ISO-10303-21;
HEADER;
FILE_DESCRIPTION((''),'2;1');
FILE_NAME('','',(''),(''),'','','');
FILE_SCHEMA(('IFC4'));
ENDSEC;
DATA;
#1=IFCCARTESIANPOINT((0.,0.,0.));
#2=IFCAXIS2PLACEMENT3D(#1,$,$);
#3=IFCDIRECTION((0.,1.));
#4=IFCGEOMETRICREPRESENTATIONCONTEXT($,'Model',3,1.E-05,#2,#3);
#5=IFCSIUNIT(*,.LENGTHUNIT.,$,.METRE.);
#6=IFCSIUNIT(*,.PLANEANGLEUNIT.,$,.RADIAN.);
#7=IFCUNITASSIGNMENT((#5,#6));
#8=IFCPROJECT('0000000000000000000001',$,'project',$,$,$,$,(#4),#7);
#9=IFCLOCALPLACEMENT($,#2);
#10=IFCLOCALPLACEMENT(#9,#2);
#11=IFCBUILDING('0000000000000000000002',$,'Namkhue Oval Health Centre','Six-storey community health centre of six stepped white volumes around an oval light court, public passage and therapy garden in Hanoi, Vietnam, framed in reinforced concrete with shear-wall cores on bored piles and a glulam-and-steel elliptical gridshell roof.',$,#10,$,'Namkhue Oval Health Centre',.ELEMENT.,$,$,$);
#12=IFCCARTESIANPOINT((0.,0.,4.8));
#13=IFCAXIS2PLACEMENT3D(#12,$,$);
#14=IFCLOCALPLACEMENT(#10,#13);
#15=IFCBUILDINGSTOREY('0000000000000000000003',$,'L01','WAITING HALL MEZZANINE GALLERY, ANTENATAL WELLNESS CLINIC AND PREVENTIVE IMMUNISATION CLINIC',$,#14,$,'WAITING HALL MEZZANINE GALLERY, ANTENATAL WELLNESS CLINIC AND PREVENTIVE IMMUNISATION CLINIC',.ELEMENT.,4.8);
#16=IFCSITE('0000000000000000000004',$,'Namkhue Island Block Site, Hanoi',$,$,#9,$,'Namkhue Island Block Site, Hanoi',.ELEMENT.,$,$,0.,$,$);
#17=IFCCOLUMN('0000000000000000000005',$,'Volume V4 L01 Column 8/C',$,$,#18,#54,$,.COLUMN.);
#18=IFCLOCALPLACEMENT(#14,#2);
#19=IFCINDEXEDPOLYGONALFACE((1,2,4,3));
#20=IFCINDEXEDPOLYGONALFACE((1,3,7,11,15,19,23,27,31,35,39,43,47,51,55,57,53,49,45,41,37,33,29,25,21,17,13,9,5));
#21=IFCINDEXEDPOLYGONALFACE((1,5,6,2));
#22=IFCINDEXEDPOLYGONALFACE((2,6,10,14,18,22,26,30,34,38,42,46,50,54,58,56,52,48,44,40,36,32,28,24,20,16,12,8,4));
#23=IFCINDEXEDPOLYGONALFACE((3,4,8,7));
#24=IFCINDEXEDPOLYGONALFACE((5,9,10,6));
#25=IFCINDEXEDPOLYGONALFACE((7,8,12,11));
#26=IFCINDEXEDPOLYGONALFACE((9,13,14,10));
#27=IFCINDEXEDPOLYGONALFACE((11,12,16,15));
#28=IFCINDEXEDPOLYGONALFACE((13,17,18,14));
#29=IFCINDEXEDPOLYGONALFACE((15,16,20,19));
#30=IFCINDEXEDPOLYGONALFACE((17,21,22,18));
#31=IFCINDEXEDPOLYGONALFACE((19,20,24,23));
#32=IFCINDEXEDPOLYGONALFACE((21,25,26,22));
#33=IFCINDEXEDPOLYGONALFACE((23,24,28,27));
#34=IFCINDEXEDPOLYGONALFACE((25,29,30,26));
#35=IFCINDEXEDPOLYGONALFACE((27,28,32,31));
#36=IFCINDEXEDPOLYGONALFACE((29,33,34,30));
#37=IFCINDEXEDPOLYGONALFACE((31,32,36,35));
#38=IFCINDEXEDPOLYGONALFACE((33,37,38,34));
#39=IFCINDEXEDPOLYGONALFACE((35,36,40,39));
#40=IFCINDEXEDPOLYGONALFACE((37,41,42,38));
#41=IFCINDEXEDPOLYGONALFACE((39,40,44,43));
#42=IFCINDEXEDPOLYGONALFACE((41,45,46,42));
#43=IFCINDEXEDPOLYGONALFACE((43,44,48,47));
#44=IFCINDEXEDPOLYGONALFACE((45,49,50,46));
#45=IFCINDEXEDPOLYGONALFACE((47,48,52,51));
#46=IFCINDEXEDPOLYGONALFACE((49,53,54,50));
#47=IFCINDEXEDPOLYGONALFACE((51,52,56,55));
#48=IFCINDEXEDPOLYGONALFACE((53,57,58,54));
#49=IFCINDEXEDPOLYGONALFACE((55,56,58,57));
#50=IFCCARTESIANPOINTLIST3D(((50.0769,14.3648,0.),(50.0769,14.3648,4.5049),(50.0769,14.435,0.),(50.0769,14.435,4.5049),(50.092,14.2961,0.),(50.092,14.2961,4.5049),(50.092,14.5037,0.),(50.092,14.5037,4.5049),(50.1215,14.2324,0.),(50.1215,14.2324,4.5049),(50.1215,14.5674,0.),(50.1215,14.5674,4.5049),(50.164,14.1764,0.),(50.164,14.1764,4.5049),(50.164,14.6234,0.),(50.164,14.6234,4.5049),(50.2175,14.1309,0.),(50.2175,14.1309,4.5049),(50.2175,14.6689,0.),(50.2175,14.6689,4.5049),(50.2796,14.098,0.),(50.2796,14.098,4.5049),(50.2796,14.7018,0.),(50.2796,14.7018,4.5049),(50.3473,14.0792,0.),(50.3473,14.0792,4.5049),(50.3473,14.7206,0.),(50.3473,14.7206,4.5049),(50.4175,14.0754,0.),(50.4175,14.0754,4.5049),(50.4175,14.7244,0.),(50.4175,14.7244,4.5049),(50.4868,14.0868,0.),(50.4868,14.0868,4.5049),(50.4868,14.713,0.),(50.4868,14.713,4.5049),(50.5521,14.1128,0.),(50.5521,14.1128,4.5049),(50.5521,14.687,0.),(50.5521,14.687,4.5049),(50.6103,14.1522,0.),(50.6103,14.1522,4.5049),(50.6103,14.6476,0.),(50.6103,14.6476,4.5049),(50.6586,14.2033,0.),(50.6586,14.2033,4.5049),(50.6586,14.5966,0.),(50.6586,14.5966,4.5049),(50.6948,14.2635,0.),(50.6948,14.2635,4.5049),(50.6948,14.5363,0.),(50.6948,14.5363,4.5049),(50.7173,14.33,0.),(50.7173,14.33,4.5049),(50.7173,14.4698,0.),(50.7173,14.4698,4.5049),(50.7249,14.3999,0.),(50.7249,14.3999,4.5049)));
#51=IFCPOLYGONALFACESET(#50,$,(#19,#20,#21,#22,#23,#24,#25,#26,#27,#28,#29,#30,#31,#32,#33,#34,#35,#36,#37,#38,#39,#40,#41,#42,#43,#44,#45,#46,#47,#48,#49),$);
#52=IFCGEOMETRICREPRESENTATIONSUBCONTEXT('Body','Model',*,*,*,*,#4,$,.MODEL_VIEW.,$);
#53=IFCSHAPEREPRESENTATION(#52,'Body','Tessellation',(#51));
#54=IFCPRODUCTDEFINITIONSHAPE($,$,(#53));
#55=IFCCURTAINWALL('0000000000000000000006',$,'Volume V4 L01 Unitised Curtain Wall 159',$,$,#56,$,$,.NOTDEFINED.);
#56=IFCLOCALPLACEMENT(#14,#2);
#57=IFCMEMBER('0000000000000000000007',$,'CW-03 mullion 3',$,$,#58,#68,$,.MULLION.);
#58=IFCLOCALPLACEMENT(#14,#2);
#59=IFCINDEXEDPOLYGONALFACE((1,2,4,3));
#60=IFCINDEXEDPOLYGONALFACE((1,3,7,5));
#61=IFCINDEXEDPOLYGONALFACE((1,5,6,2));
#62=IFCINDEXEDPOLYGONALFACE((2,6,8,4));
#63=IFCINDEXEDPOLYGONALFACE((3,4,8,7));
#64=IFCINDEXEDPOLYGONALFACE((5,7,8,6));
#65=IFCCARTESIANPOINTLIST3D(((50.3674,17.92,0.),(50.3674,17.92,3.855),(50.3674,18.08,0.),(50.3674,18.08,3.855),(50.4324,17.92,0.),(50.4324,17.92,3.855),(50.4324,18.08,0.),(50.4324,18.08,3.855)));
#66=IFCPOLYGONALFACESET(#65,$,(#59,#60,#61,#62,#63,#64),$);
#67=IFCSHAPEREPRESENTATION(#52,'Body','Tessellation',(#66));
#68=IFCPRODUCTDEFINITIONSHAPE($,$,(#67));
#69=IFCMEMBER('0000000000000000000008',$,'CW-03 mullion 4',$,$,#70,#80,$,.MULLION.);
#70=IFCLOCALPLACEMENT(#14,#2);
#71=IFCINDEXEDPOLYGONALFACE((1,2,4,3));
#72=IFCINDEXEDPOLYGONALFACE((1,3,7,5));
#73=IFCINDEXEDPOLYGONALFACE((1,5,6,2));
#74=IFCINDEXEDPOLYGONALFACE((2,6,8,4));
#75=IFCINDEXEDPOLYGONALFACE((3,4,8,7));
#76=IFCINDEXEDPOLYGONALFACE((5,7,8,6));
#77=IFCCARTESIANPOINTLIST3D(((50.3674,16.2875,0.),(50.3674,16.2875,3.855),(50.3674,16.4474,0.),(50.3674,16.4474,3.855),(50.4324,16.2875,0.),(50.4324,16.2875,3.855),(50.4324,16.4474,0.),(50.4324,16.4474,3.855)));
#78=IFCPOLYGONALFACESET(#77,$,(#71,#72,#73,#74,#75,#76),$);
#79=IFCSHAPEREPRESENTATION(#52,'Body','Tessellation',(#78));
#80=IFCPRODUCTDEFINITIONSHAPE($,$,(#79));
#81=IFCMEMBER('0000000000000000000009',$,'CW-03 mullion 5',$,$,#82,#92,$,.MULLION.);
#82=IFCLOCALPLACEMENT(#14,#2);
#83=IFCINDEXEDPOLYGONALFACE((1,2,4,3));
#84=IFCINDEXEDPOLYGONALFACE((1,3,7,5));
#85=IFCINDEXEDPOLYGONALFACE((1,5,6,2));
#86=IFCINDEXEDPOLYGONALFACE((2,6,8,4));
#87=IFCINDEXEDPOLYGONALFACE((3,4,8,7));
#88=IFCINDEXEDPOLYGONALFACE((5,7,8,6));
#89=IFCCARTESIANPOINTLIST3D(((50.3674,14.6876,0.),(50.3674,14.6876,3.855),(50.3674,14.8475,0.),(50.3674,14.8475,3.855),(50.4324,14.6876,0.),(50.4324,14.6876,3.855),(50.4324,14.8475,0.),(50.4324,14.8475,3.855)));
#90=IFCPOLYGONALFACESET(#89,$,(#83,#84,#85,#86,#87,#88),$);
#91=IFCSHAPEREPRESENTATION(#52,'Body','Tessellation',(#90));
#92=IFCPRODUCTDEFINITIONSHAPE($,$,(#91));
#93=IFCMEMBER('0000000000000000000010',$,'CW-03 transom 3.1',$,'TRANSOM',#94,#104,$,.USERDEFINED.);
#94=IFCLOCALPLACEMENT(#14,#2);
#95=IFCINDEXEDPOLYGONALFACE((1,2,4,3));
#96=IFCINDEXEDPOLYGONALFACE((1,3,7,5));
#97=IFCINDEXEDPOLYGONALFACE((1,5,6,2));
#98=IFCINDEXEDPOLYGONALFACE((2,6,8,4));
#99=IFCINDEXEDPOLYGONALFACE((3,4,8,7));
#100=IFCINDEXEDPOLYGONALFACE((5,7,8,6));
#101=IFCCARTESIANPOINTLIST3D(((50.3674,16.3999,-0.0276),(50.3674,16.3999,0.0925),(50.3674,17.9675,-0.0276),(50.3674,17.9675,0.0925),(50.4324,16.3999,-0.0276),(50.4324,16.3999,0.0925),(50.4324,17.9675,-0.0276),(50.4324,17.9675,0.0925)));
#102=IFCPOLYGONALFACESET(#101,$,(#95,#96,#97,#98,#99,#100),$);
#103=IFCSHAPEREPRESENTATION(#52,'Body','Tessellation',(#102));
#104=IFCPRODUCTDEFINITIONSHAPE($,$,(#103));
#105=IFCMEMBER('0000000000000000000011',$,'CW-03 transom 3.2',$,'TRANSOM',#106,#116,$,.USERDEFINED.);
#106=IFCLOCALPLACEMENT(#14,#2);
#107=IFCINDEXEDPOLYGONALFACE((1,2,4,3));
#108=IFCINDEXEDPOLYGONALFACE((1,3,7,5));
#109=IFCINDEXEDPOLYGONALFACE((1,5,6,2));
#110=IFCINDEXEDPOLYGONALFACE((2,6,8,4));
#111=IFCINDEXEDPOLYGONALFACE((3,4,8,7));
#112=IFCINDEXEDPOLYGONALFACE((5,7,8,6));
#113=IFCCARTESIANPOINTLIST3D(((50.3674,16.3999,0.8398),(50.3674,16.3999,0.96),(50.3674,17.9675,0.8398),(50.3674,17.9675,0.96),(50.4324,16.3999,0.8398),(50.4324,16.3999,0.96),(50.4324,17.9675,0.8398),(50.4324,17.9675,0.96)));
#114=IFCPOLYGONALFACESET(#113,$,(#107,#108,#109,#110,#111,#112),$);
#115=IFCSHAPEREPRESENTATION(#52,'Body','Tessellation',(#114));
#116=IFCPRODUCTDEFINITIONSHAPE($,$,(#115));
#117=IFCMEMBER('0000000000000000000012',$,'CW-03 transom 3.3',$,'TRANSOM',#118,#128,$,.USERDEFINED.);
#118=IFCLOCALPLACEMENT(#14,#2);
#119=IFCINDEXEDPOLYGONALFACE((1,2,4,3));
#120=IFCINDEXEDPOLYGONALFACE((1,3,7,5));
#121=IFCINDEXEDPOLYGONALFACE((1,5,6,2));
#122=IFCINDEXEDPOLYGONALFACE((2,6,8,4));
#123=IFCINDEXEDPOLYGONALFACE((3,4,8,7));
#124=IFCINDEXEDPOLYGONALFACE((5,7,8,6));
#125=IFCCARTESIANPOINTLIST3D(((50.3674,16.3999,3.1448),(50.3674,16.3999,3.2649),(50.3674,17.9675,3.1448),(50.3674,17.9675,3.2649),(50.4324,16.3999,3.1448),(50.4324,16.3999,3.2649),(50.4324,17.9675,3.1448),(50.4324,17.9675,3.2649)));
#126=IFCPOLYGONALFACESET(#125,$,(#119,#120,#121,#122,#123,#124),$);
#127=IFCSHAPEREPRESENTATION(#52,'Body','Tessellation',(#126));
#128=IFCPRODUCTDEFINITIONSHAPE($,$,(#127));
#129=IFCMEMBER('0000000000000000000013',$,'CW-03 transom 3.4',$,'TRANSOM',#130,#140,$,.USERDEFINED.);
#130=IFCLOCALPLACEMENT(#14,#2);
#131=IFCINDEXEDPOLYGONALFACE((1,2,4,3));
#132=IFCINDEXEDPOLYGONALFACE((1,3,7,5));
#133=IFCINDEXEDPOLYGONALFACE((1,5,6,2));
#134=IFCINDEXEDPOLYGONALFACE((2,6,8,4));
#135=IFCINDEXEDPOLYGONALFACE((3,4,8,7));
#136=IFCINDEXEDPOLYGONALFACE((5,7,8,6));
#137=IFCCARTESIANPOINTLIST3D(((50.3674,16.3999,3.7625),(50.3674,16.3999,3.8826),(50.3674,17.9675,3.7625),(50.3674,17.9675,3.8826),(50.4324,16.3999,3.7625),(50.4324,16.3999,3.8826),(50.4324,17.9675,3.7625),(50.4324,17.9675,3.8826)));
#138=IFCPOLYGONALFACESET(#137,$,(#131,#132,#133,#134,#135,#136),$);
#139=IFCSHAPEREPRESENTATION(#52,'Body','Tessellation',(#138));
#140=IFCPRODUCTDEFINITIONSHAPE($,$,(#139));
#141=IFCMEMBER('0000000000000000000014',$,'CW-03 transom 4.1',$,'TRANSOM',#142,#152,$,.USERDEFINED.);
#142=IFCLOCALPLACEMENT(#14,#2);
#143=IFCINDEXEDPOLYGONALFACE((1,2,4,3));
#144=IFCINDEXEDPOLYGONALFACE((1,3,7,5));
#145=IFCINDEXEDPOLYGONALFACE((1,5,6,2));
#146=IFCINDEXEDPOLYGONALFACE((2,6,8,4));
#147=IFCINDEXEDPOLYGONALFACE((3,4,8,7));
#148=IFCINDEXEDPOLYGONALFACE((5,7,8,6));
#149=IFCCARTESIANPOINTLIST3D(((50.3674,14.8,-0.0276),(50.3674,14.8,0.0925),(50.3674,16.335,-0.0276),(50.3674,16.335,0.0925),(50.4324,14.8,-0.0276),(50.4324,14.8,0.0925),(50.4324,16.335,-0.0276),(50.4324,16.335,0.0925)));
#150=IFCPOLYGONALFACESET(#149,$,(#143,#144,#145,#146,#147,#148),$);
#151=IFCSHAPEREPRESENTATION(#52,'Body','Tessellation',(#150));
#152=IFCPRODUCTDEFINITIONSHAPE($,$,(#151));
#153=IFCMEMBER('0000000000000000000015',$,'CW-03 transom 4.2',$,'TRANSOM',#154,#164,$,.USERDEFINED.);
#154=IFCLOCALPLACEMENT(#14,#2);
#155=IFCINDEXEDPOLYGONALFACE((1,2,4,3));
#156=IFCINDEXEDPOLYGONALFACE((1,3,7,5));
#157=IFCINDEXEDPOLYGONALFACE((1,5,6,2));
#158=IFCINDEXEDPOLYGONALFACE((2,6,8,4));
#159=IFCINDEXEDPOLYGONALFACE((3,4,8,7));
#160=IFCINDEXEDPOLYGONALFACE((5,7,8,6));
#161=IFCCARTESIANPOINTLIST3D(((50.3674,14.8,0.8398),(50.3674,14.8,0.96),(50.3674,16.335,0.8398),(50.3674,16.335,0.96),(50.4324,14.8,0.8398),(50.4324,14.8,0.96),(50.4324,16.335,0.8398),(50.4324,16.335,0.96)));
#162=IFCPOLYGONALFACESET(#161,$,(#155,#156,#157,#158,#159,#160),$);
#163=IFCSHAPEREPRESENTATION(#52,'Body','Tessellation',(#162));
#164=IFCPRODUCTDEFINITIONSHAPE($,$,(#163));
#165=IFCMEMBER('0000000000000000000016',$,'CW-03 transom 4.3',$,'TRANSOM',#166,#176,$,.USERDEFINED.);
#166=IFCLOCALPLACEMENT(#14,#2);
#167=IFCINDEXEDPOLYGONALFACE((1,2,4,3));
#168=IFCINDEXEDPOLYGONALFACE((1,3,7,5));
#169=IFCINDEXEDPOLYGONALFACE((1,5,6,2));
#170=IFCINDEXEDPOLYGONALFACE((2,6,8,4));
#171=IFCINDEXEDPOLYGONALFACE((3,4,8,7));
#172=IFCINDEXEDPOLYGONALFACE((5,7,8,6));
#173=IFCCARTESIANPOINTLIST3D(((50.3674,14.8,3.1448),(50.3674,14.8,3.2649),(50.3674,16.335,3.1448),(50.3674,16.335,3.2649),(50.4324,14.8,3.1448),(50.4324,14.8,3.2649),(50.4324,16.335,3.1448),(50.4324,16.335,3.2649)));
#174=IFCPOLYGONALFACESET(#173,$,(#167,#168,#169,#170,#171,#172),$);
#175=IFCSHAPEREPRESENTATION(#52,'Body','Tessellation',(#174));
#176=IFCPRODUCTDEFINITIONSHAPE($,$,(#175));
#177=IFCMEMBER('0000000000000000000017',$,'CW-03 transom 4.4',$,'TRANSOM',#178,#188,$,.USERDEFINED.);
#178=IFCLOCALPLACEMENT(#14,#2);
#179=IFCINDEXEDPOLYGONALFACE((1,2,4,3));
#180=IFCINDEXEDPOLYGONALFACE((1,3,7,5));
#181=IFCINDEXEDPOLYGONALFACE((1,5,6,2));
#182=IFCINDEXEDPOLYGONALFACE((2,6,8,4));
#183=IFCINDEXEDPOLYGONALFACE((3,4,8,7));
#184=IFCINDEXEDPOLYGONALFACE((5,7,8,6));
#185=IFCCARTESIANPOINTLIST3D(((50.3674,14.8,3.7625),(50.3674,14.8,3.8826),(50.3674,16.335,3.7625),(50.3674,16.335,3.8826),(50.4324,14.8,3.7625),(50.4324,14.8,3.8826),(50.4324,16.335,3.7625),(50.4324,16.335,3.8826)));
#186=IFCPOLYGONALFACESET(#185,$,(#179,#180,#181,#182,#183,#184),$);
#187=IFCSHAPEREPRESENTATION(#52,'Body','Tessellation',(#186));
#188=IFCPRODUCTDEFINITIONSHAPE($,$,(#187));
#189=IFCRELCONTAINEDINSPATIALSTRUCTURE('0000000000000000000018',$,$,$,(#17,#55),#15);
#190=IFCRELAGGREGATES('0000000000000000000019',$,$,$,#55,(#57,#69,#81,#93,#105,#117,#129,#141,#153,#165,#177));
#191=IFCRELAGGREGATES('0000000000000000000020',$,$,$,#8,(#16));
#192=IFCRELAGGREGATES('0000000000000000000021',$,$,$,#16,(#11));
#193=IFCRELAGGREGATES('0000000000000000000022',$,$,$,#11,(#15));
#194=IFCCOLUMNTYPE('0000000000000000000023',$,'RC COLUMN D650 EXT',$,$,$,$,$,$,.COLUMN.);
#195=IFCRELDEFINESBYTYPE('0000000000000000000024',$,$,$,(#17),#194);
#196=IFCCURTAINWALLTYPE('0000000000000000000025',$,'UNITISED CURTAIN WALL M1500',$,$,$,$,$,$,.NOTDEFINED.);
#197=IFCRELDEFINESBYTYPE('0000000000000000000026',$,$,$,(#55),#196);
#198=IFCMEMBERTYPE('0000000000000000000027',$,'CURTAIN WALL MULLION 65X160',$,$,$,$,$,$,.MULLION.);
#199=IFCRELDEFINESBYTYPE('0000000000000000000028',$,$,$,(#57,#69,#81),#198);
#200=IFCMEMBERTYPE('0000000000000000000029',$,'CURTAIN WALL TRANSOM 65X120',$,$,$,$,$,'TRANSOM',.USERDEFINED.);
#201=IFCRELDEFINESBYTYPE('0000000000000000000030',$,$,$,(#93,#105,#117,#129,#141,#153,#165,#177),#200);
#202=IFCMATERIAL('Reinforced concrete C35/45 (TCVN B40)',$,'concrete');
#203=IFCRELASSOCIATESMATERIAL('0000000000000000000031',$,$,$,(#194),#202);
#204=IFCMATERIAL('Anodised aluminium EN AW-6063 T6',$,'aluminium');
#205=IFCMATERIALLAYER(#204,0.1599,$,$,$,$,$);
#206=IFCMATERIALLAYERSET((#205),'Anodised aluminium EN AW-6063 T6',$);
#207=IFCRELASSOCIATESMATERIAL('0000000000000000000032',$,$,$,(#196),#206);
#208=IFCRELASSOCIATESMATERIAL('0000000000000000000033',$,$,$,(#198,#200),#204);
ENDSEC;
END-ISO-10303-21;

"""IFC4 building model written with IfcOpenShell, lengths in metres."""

from ifc_helpers import new_model, si_unit, direction, frame, origin, origin_2d, place, context, subcontext, project, spatial, rectangle, circle, extrude, material, layer, layer_set, material_profile, profile_set, type_object, element, aggregate, save


model = new_model("IFC4")

# Units and contexts
model_context = context("Model", 3, precision=1e-05, world=origin(), true_north=direction((0.0, 1.0)))
body_context = subcontext(model_context, "Body", "Model", "MODEL_VIEW")
ifc_project = project(units=[si_unit("LENGTHUNIT", "METRE"), si_unit("PLANEANGLEUNIT", "RADIAN")], contexts=[model_context])

# Site, building, storey
site_placement = place(None, origin())
site = spatial("IfcSite", under=ifc_project, at=site_placement, Name="Namkhue Island Block Site, Hanoi", LongName="Namkhue Island Block Site, Hanoi", CompositionType="ELEMENT", RefElevation=0.0)
building_placement = place(site_placement, origin())
building = spatial("IfcBuilding", under=site, at=building_placement, Name="Namkhue Oval Health Centre", Description="Six-storey community health centre of six stepped white volumes around an oval light court, public passage and therapy garden in Hanoi, Vietnam, framed in reinforced concrete with shear-wall cores on bored piles and a glulam-and-steel elliptical gridshell roof.", LongName="Namkhue Oval Health Centre", CompositionType="ELEMENT")
storey_placement = place(building_placement, frame((0.0, 0.0, 4.8)))
storey = spatial("IfcBuildingStorey", under=building, at=storey_placement, Name="L01", Description="WAITING HALL MEZZANINE GALLERY, ANTENATAL WELLNESS CLINIC AND PREVENTIVE IMMUNISATION CLINIC", LongName="WAITING HALL MEZZANINE GALLERY, ANTENATAL WELLNESS CLINIC AND PREVENTIVE IMMUNISATION CLINIC", CompositionType="ELEMENT", Elevation=4.8)

# Column
ifc_material_1 = material(Name="Reinforced concrete C35/45 (TCVN B40)", Category="concrete")
ifc_material_profile_1 = material_profile(ifc_material_1, circle(Radius=0.325, at=origin_2d()), Name="RC D650")
ifc_profile_set_1 = profile_set([ifc_material_profile_1], Name="Reinforced concrete C35/45 (TCVN B40)")
column_type = type_object("IfcColumnType", Name="RC COLUMN D650 EXT", PredefinedType="COLUMN", material=ifc_profile_set_1)
column_placement = place(storey_placement, frame((50.3999, 14.3999, 0.0), z_axis=(0.0, 0.0, 1.0), x_axis=(1.0, 0.0, 0.0)))
element("IfcColumn", 1, at=column_placement, inside=storey, type_object=column_type, Name="Volume V4 L01 Column 8/C", PredefinedType="COLUMN", context=body_context, shape_type="SweptSolid", body=[
    extrude(circle(Radius=0.325, at=origin_2d()), origin(), (0.0, 0.0, 1.0), 4.5049),
])

# Curtain wall, members
ifc_material_2 = material(Name="Anodised aluminium EN AW-6063 T6", Category="aluminium")
ifc_layer_1 = layer(ifc_material_2, 0.1599)
ifc_layer_set_1 = layer_set([ifc_layer_1], Name="Anodised aluminium EN AW-6063 T6")
curtain_wall_type = type_object("IfcCurtainWallType", Name="UNITISED CURTAIN WALL M1500", PredefinedType="NOTDEFINED", material=ifc_layer_set_1)
curtain_wall_placement = place(storey_placement, origin())
curtain_wall = element("IfcCurtainWall", 2, at=curtain_wall_placement, inside=storey, type_object=curtain_wall_type, Name="Volume V4 L01 Unitised Curtain Wall 159", PredefinedType="NOTDEFINED")
ifc_material_profile_2 = material_profile(ifc_material_2, rectangle(XDim=0.0649, YDim=0.1599, at=origin_2d()), Name="ALU 65x160")
ifc_profile_set_2 = profile_set([ifc_material_profile_2], Name="Anodised aluminium EN AW-6063 T6")
member_type_1 = type_object("IfcMemberType", Name="CURTAIN WALL MULLION 65X160", PredefinedType="MULLION", material=ifc_profile_set_2)
member_1_placement = place(storey_placement, frame((50.3999, 18.0, 0.0), z_axis=(0.0, 0.0, 1.0), x_axis=(1.0, 0.0, 0.0)))
member_1 = element("IfcMember", 3, at=member_1_placement, type_object=member_type_1, Name="CW-03 mullion 3", PredefinedType="MULLION", context=body_context, shape_type="SweptSolid", body=[
    extrude(rectangle(XDim=0.0649, YDim=0.1599, at=origin_2d()), origin(), (0.0, 0.0, 1.0), 3.855),
])
member_2_placement = place(storey_placement, frame((50.3999, 16.3674, 0.0), z_axis=(0.0, 0.0, 1.0), x_axis=(1.0, 0.0, 0.0)))
member_2 = element("IfcMember", 4, at=member_2_placement, type_object=member_type_1, Name="CW-03 mullion 4", PredefinedType="MULLION", context=body_context, shape_type="SweptSolid", body=[
    extrude(rectangle(XDim=0.0649, YDim=0.1599, at=origin_2d()), origin(), (0.0, 0.0, 1.0), 3.855),
])
member_3_placement = place(storey_placement, frame((50.3999, 14.7676, 0.0), z_axis=(0.0, 0.0, 1.0), x_axis=(1.0, 0.0, 0.0)))
member_3 = element("IfcMember", 5, at=member_3_placement, type_object=member_type_1, Name="CW-03 mullion 5", PredefinedType="MULLION", context=body_context, shape_type="SweptSolid", body=[
    extrude(rectangle(XDim=0.0649, YDim=0.1599, at=origin_2d()), origin(), (0.0, 0.0, 1.0), 3.855),
])
ifc_material_profile_3 = material_profile(ifc_material_2, rectangle(XDim=0.0649, YDim=0.1201, at=origin_2d()), Name="ALU 65x120")
ifc_profile_set_3 = profile_set([ifc_material_profile_3], Name="Anodised aluminium EN AW-6063 T6")
member_type_2 = type_object("IfcMemberType", Name="CURTAIN WALL TRANSOM 65X120", ElementType="TRANSOM", PredefinedType="USERDEFINED", material=ifc_profile_set_3)
member_4_placement = place(storey_placement, frame((50.3999, 17.9675, 0.0325), z_axis=(0.0, -1.0, 0.0), x_axis=(1.0, 0.0, 0.0)))
member_4 = element("IfcMember", 6, at=member_4_placement, type_object=member_type_2, Name="CW-03 transom 3.1", ObjectType="TRANSOM", PredefinedType="USERDEFINED", context=body_context, shape_type="SweptSolid", body=[
    extrude(rectangle(XDim=0.0649, YDim=0.1201, at=origin_2d()), origin(), (0.0, 0.0, 1.0), 1.5676),
])
member_5_placement = place(storey_placement, frame((50.3999, 17.9675, 0.8999), z_axis=(0.0, -1.0, 0.0), x_axis=(1.0, 0.0, 0.0)))
member_5 = element("IfcMember", 7, at=member_5_placement, type_object=member_type_2, Name="CW-03 transom 3.2", ObjectType="TRANSOM", PredefinedType="USERDEFINED", context=body_context, shape_type="SweptSolid", body=[
    extrude(rectangle(XDim=0.0649, YDim=0.1201, at=origin_2d()), origin(), (0.0, 0.0, 1.0), 1.5676),
])
member_6_placement = place(storey_placement, frame((50.3999, 17.9675, 3.2048), z_axis=(0.0, -1.0, 0.0), x_axis=(1.0, 0.0, 0.0)))
member_6 = element("IfcMember", 8, at=member_6_placement, type_object=member_type_2, Name="CW-03 transom 3.3", ObjectType="TRANSOM", PredefinedType="USERDEFINED", context=body_context, shape_type="SweptSolid", body=[
    extrude(rectangle(XDim=0.0649, YDim=0.1201, at=origin_2d()), origin(), (0.0, 0.0, 1.0), 1.5676),
])
member_7_placement = place(storey_placement, frame((50.3999, 17.9675, 3.8225), z_axis=(0.0, -1.0, 0.0), x_axis=(1.0, 0.0, 0.0)))
member_7 = element("IfcMember", 9, at=member_7_placement, type_object=member_type_2, Name="CW-03 transom 3.4", ObjectType="TRANSOM", PredefinedType="USERDEFINED", context=body_context, shape_type="SweptSolid", body=[
    extrude(rectangle(XDim=0.0649, YDim=0.1201, at=origin_2d()), origin(), (0.0, 0.0, 1.0), 1.5676),
])
member_8_placement = place(storey_placement, frame((50.3999, 16.335, 0.0325), z_axis=(0.0, -1.0, 0.0), x_axis=(1.0, 0.0, 0.0)))
member_8 = element("IfcMember", 10, at=member_8_placement, type_object=member_type_2, Name="CW-03 transom 4.1", ObjectType="TRANSOM", PredefinedType="USERDEFINED", context=body_context, shape_type="SweptSolid", body=[
    extrude(rectangle(XDim=0.0649, YDim=0.1201, at=origin_2d()), origin(), (0.0, 0.0, 1.0), 1.5349),
])
member_9_placement = place(storey_placement, frame((50.3999, 16.335, 0.8999), z_axis=(0.0, -1.0, 0.0), x_axis=(1.0, 0.0, 0.0)))
member_9 = element("IfcMember", 11, at=member_9_placement, type_object=member_type_2, Name="CW-03 transom 4.2", ObjectType="TRANSOM", PredefinedType="USERDEFINED", context=body_context, shape_type="SweptSolid", body=[
    extrude(rectangle(XDim=0.0649, YDim=0.1201, at=origin_2d()), origin(), (0.0, 0.0, 1.0), 1.5349),
])
member_10_placement = place(storey_placement, frame((50.3999, 16.335, 3.2048), z_axis=(0.0, -1.0, 0.0), x_axis=(1.0, 0.0, 0.0)))
member_10 = element("IfcMember", 12, at=member_10_placement, type_object=member_type_2, Name="CW-03 transom 4.3", ObjectType="TRANSOM", PredefinedType="USERDEFINED", context=body_context, shape_type="SweptSolid", body=[
    extrude(rectangle(XDim=0.0649, YDim=0.1201, at=origin_2d()), origin(), (0.0, 0.0, 1.0), 1.5349),
])
member_11_placement = place(storey_placement, frame((50.3999, 16.335, 3.8225), z_axis=(0.0, -1.0, 0.0), x_axis=(1.0, 0.0, 0.0)))
member_11 = element("IfcMember", 13, at=member_11_placement, type_object=member_type_2, Name="CW-03 transom 4.4", ObjectType="TRANSOM", PredefinedType="USERDEFINED", context=body_context, shape_type="SweptSolid", body=[
    extrude(rectangle(XDim=0.0649, YDim=0.1201, at=origin_2d()), origin(), (0.0, 0.0, 1.0), 1.5349),
])

aggregate(curtain_wall, [member_1, member_2, member_3, member_4, member_5, member_6, member_7, member_8, member_9, member_10, member_11])

save(model, "model.ifc")
